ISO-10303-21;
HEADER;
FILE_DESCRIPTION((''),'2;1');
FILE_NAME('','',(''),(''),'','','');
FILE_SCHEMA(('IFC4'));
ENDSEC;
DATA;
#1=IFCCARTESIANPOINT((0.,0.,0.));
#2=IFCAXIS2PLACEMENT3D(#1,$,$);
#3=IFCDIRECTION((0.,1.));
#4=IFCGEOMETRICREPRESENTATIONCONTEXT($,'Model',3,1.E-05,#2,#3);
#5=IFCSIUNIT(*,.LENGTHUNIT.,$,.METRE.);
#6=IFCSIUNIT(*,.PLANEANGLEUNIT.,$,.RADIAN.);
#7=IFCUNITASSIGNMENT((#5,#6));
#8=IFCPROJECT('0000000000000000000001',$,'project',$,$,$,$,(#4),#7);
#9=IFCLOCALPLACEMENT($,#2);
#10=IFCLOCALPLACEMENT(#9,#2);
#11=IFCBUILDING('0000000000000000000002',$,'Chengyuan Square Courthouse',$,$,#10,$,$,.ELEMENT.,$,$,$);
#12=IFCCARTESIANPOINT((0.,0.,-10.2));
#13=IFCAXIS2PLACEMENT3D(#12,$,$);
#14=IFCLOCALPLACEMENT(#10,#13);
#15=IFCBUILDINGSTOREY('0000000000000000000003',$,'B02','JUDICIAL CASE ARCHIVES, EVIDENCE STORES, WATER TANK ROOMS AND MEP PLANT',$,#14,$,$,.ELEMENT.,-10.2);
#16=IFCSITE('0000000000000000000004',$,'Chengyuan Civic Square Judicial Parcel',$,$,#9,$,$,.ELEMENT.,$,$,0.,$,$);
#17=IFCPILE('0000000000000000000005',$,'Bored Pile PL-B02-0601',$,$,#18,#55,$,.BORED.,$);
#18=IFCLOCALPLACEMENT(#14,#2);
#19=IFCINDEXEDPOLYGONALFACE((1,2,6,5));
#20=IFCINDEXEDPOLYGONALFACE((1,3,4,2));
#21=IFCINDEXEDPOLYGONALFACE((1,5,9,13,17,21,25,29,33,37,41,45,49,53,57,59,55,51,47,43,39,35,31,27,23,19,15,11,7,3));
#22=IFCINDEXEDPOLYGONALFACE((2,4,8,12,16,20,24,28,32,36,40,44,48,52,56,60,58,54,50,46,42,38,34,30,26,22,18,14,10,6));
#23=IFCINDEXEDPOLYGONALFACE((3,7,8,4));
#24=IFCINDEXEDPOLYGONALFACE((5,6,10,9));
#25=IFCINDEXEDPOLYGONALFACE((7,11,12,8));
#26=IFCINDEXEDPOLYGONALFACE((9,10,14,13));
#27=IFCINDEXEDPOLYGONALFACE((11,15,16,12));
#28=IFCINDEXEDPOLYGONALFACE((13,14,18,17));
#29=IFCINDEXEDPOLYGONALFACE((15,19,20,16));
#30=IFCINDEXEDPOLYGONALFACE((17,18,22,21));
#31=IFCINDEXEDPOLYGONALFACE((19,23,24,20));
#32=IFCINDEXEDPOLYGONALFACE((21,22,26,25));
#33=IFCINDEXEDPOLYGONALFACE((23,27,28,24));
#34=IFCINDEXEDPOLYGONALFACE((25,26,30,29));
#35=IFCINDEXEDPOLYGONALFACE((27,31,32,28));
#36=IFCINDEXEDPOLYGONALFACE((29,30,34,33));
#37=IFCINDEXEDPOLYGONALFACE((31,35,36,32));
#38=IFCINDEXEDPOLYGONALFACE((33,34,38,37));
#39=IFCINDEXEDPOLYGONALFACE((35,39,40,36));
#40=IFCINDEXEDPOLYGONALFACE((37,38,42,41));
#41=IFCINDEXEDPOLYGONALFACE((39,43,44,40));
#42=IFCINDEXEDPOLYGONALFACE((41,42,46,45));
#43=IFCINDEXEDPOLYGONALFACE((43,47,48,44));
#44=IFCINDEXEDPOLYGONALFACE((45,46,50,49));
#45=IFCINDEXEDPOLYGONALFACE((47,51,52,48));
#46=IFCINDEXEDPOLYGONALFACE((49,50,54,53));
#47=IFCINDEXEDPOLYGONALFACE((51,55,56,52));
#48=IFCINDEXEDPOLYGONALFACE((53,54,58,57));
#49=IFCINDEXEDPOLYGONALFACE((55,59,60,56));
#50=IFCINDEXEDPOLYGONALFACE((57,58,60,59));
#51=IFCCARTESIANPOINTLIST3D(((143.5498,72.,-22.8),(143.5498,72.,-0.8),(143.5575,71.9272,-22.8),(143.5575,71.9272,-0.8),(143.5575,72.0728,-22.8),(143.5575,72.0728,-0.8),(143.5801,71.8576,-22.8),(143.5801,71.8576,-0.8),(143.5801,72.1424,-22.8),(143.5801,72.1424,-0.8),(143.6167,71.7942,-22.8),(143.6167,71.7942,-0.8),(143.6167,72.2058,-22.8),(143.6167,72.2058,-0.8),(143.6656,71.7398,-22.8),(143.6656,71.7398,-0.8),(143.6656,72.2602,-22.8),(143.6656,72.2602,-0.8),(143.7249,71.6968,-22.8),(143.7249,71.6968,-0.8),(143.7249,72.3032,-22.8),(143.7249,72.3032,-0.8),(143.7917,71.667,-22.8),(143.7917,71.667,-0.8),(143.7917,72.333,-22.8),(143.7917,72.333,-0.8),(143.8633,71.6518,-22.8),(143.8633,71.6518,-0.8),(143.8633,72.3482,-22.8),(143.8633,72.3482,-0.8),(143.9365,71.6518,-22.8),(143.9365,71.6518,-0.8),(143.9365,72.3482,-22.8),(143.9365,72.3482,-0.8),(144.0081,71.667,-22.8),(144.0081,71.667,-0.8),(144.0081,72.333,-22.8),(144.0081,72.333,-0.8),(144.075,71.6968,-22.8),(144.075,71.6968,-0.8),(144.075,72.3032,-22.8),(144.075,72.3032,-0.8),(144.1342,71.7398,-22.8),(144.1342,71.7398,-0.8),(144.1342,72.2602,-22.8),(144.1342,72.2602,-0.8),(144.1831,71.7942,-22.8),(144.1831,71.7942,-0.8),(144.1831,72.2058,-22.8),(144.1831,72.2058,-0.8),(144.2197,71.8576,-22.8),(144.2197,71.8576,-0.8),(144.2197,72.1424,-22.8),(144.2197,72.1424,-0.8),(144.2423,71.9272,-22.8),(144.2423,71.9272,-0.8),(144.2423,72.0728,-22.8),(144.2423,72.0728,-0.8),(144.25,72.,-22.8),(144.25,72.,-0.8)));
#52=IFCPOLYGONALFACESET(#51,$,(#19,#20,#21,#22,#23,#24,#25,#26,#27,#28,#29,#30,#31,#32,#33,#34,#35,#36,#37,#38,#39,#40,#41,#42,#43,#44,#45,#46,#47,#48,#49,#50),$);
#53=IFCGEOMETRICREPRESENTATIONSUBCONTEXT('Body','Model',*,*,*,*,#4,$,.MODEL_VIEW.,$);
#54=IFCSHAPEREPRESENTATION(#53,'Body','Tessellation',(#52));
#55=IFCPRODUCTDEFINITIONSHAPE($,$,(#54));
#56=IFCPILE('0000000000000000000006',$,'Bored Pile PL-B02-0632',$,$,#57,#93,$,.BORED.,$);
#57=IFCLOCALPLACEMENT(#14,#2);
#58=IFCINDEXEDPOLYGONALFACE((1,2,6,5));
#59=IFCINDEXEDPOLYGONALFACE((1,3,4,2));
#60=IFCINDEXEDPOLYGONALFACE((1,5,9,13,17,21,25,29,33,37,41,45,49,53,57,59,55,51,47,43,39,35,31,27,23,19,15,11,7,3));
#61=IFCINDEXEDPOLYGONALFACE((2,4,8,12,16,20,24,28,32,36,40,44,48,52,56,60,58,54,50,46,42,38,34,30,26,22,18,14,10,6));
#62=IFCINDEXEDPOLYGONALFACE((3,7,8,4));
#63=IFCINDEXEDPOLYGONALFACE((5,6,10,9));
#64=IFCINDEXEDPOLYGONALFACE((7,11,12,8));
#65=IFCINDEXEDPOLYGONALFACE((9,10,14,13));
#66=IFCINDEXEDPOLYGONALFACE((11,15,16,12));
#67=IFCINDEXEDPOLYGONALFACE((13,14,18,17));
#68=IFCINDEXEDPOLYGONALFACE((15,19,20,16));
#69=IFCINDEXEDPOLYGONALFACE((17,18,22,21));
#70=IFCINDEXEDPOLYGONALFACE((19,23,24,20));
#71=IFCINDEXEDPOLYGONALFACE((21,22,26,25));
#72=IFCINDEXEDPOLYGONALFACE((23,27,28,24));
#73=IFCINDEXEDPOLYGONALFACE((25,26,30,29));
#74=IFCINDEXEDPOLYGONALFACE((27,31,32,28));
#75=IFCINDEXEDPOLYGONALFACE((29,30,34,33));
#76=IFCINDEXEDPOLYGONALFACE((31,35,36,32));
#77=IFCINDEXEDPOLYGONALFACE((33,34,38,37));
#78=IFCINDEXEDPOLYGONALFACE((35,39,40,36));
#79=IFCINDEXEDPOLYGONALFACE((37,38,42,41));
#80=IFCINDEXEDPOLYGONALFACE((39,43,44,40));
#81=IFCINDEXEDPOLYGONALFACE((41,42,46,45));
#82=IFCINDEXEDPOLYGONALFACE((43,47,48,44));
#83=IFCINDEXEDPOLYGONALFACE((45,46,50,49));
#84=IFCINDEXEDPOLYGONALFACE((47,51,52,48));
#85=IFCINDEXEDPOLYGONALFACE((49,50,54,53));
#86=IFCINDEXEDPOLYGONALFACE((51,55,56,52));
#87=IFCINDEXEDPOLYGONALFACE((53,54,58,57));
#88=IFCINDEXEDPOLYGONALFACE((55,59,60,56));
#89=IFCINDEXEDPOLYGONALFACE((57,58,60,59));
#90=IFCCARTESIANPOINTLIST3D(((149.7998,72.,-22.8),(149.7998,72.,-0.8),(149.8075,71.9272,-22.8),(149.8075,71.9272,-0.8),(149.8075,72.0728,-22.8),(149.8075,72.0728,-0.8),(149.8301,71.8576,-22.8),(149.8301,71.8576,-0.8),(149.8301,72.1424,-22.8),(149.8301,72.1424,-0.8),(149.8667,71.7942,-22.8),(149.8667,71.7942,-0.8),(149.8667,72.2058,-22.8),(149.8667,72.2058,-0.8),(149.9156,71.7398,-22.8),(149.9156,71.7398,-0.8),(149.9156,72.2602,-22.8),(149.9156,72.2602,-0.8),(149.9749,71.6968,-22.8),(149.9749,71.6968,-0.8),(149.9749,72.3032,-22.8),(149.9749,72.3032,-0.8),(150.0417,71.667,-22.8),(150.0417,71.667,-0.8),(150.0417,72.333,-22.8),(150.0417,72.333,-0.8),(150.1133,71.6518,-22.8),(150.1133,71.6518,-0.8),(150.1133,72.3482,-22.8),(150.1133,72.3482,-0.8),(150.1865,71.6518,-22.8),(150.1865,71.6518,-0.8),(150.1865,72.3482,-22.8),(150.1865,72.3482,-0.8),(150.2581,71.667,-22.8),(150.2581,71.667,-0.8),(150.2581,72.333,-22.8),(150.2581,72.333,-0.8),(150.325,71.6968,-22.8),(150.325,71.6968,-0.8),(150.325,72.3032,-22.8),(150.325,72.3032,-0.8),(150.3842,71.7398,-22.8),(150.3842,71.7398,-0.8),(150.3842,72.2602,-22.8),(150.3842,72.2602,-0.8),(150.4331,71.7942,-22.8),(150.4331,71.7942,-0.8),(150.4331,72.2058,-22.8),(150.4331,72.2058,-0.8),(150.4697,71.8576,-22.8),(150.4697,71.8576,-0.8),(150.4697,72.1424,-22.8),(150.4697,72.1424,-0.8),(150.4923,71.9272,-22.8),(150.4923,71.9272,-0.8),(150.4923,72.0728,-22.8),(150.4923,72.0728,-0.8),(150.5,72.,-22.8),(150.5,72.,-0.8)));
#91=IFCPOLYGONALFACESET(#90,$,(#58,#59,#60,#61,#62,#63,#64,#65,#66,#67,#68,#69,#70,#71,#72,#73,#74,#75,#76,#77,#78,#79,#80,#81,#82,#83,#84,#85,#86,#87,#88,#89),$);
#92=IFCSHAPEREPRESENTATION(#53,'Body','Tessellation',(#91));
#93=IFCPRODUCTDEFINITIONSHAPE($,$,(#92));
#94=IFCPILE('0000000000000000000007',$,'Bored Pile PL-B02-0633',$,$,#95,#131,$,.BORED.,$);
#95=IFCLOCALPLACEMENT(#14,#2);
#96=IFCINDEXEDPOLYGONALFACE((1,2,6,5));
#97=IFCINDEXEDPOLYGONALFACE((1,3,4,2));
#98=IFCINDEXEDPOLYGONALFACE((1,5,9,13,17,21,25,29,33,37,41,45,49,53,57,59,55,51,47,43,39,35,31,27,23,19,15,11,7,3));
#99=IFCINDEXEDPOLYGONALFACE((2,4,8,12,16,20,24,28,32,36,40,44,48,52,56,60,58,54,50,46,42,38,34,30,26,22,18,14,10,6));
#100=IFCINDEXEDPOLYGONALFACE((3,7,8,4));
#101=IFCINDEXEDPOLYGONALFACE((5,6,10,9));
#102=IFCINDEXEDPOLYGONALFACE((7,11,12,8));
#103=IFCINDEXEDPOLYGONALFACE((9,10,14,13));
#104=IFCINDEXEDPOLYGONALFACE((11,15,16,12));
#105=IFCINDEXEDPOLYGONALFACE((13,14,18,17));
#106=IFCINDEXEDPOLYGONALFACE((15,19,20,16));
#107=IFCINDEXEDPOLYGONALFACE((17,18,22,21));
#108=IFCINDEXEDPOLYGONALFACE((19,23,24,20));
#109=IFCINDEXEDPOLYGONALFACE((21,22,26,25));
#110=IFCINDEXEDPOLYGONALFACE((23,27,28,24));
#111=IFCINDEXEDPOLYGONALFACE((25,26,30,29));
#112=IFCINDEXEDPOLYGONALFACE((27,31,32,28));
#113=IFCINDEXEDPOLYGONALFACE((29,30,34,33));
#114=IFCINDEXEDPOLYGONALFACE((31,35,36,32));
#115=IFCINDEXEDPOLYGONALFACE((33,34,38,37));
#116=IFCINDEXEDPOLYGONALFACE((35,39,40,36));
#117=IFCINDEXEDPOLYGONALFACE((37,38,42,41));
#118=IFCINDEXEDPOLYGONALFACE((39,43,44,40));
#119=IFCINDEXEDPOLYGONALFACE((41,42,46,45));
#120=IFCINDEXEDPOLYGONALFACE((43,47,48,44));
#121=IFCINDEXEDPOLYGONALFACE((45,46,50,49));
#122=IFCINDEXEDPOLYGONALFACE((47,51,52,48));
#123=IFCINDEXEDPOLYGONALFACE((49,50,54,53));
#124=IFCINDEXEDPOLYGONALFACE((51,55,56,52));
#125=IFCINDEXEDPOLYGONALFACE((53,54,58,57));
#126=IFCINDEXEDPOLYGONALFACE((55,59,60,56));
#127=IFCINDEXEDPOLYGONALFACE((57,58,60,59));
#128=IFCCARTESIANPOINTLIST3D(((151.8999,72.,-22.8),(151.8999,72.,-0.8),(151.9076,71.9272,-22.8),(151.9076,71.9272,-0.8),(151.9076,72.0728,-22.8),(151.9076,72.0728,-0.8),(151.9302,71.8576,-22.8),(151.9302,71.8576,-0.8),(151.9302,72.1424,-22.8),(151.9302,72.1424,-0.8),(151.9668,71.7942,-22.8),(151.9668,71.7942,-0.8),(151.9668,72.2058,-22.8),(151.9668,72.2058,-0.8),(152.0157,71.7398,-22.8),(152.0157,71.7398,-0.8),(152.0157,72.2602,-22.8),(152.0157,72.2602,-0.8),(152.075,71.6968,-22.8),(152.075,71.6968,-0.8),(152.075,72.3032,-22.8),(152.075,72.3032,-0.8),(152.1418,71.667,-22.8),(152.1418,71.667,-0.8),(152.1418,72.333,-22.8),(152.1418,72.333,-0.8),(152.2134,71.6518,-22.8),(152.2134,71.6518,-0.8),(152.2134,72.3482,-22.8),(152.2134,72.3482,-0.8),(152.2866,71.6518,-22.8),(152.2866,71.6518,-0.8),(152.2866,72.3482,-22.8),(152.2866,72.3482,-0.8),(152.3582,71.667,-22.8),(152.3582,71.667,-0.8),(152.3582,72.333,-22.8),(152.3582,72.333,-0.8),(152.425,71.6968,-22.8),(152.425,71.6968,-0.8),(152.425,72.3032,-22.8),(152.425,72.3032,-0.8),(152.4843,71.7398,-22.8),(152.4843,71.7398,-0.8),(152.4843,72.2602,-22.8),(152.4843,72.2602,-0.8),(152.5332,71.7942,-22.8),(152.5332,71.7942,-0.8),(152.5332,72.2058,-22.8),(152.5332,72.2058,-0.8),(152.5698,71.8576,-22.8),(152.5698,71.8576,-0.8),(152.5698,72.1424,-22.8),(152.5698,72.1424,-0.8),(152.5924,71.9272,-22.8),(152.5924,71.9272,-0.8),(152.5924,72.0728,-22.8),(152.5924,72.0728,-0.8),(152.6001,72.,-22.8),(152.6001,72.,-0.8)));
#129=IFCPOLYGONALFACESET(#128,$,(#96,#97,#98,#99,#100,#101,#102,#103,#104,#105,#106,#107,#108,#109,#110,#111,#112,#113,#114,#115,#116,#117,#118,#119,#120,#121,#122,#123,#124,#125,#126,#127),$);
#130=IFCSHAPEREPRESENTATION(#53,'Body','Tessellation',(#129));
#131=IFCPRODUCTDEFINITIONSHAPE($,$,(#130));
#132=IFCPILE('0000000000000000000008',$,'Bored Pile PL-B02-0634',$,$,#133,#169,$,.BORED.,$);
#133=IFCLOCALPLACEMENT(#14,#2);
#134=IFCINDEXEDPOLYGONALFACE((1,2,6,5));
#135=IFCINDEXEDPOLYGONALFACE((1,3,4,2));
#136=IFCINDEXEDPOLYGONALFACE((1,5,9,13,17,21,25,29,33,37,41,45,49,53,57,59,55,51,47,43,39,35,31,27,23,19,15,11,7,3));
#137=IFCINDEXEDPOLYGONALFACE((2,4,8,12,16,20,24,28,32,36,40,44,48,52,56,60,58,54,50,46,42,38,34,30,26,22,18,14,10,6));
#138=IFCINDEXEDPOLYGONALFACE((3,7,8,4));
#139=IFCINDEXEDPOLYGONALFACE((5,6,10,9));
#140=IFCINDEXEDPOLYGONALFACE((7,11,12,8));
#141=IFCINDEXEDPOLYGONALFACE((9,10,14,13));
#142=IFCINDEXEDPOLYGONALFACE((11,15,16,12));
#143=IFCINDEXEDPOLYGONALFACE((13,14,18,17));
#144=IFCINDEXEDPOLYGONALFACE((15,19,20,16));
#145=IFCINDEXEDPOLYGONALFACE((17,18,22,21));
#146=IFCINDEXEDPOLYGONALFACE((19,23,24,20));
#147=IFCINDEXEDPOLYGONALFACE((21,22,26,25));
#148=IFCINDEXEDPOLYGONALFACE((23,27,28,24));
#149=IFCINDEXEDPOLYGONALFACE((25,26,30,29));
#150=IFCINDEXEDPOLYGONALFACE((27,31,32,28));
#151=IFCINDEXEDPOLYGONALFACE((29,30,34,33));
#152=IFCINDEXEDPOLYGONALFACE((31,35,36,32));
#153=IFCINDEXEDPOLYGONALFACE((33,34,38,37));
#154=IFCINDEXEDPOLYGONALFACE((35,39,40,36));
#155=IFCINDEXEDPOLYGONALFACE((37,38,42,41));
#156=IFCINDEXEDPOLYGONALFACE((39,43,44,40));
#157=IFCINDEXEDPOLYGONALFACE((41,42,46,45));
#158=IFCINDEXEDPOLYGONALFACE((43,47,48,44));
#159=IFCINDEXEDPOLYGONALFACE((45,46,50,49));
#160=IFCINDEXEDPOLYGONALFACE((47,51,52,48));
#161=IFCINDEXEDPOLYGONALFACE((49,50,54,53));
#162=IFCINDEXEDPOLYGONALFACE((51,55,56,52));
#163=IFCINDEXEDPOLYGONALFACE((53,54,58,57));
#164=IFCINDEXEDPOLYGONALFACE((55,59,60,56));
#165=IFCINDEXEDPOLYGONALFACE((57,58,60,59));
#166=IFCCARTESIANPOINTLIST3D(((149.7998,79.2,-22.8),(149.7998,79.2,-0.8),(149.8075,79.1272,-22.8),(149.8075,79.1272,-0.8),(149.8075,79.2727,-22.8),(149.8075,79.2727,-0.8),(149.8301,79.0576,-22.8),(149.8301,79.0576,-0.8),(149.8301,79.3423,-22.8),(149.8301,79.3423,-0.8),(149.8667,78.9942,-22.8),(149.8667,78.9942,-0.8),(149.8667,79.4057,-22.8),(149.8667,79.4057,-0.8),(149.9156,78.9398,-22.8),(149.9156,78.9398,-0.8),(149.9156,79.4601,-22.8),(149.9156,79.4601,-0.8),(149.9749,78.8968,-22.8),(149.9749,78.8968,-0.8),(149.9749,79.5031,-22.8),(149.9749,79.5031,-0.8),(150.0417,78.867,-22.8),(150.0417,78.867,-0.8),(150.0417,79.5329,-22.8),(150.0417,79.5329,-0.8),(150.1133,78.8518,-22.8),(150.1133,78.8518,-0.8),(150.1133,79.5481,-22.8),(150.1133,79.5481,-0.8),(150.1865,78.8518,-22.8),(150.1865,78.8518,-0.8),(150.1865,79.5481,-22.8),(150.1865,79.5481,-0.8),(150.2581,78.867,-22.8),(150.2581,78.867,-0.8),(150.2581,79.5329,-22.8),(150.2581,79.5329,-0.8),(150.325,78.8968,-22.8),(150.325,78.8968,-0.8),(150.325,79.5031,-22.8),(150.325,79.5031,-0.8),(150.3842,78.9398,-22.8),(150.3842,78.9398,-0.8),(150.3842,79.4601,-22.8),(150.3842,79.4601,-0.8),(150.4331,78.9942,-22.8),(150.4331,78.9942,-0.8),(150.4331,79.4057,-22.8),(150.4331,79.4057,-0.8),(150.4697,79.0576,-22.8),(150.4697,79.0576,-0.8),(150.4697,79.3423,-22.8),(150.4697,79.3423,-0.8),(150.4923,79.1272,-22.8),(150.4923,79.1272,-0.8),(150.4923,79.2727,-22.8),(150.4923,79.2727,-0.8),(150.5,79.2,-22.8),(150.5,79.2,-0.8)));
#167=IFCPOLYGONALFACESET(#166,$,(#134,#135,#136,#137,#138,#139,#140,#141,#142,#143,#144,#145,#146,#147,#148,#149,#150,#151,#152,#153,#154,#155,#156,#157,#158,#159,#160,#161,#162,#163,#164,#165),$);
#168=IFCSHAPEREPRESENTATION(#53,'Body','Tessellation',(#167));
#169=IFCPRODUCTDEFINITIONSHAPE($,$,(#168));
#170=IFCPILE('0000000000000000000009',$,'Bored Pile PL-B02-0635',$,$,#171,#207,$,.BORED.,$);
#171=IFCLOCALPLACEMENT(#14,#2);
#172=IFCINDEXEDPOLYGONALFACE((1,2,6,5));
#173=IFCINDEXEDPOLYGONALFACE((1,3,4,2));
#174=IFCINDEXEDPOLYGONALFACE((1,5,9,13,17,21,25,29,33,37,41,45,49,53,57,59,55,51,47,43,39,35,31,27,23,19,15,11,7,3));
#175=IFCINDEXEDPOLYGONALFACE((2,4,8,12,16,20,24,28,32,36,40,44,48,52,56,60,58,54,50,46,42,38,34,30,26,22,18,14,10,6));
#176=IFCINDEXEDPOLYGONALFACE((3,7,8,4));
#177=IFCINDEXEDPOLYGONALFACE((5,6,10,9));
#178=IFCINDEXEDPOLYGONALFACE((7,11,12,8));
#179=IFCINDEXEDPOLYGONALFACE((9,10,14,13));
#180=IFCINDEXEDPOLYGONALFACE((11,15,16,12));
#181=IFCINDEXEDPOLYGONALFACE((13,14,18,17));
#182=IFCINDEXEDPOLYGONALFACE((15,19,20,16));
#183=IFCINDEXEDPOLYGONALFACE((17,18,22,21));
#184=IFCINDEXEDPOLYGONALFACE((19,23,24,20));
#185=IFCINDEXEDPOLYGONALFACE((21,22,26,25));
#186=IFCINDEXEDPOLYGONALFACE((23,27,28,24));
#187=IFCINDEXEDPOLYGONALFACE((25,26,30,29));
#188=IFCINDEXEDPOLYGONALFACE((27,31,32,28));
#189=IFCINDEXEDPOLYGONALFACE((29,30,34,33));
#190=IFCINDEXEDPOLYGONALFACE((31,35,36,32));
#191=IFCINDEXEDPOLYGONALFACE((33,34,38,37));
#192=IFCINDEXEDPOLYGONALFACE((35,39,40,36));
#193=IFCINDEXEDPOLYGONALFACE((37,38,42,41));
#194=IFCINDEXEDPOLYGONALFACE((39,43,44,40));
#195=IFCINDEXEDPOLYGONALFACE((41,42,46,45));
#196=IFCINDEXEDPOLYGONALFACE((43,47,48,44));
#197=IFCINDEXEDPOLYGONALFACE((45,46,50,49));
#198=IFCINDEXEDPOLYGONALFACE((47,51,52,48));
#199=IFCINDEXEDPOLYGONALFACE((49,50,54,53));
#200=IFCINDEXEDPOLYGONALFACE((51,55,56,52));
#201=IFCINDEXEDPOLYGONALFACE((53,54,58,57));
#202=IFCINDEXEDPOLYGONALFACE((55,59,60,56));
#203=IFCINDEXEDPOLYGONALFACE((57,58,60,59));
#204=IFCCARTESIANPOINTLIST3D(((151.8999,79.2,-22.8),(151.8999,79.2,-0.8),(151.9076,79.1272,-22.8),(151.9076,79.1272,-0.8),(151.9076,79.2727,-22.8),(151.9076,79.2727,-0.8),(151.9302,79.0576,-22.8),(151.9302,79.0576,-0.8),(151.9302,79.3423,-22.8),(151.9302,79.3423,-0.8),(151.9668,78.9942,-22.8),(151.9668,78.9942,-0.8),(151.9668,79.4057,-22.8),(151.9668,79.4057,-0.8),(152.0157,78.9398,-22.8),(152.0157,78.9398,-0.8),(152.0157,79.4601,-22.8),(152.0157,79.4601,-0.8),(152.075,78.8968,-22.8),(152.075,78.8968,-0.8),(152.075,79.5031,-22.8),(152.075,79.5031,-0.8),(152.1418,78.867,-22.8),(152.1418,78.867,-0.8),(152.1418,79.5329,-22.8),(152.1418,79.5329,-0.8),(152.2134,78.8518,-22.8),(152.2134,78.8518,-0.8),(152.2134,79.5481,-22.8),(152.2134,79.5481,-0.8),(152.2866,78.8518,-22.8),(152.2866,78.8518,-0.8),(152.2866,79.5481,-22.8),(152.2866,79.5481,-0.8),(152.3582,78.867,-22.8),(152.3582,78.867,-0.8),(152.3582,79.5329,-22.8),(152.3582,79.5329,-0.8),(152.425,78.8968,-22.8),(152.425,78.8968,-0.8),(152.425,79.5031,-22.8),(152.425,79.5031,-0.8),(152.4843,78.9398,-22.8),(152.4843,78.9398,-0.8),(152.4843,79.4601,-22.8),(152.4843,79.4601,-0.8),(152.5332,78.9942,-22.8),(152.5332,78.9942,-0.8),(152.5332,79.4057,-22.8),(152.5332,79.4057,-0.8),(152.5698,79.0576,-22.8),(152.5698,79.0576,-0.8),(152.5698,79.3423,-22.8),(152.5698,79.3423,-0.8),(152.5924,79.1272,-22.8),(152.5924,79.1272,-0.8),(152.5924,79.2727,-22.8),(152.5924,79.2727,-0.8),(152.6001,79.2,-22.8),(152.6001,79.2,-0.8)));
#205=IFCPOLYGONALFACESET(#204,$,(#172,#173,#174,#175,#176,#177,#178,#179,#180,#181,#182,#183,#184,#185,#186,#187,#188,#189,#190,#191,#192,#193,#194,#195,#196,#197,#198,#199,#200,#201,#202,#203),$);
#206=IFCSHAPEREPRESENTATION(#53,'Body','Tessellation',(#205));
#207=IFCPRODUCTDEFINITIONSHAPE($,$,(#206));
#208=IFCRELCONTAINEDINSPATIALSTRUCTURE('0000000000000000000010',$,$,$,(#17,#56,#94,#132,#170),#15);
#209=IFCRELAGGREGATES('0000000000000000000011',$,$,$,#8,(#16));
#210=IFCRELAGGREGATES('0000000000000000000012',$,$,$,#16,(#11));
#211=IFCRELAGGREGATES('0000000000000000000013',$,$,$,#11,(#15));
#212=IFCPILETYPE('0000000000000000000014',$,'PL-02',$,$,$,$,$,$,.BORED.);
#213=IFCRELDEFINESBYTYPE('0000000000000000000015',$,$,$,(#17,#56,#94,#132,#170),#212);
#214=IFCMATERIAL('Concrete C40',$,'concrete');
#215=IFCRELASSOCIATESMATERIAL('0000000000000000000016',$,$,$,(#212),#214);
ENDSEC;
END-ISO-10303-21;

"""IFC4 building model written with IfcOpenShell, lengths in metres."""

from ifc_helpers import new_model, si_unit, direction, frame, origin, origin_2d, place, context, subcontext, project, spatial, circle, extrude, material, material_profile, profile_set, type_object, element, save


model = new_model("IFC4")

# Units and contexts
model_context = context("Model", 3, precision=1e-05, world=origin(), true_north=direction((0.0, 1.0)))
body_context = subcontext(model_context, "Body", "Model", "MODEL_VIEW")
ifc_project = project(units=[si_unit("LENGTHUNIT", "METRE"), si_unit("PLANEANGLEUNIT", "RADIAN")], contexts=[model_context])

# Site, building, storey
site_placement = place(None, origin())
site = spatial("IfcSite", under=ifc_project, at=site_placement, Name="Chengyuan Civic Square Judicial Parcel", CompositionType="ELEMENT", RefElevation=0.0)
building_placement = place(site_placement, origin())
building = spatial("IfcBuilding", under=site, at=building_placement, Name="Chengyuan Square Courthouse", CompositionType="ELEMENT")
storey_placement = place(building_placement, frame((0.0, 0.0, -10.2)))
storey = spatial("IfcBuildingStorey", under=building, at=storey_placement, Name="B02", Description="JUDICIAL CASE ARCHIVES, EVIDENCE STORES, WATER TANK ROOMS AND MEP PLANT", CompositionType="ELEMENT", Elevation=-10.2)

# Shared definitions
ifc_material_1 = material(Name="Concrete C40", Category="concrete")

# Piles
ifc_material_profile_1 = material_profile(ifc_material_1, circle(Radius=0.3501, at=origin_2d()), Name="BORED PILE D700")
ifc_profile_set_1 = profile_set([ifc_material_profile_1], Name="Concrete C40")
pile_type_1 = type_object("IfcPileType", Name="PL-02", PredefinedType="BORED", material=ifc_profile_set_1)
for number, where, z_axis, x_axis, name in (
    (1, (143.8999, 72.0, -0.8), (0.0, 0.0, -1.0), (1.0, 0.0, 0.0), "Bored Pile PL-B02-0601"),
    (2, (150.1499, 72.0, -0.8), (0.0, 0.0, -1.0), (1.0, 0.0, 0.0), "Bored Pile PL-B02-0632"),
    (3, (152.25, 72.0, -0.8), (0.0, 0.0, -1.0), (1.0, 0.0, 0.0), "Bored Pile PL-B02-0633"),
    (4, (150.1499, 79.2, -0.8), (0.0, 0.0, -1.0), (1.0, 0.0, 0.0), "Bored Pile PL-B02-0634"),
    (5, (152.25, 79.2, -0.8), (0.0, 0.0, -1.0), (1.0, 0.0, 0.0), "Bored Pile PL-B02-0635"),
):
    element("IfcPile", number, at=place(storey_placement, frame(where, z_axis=z_axis, x_axis=x_axis)), inside=storey, type_object=pile_type_1, Name=name, PredefinedType="BORED", context=body_context, shape_type="SweptSolid", body=[
        extrude(circle(Radius=0.3501, at=origin_2d()), origin(), (0.0, 0.0, 1.0), 22.0),
    ])

save(model, "model.ifc")
